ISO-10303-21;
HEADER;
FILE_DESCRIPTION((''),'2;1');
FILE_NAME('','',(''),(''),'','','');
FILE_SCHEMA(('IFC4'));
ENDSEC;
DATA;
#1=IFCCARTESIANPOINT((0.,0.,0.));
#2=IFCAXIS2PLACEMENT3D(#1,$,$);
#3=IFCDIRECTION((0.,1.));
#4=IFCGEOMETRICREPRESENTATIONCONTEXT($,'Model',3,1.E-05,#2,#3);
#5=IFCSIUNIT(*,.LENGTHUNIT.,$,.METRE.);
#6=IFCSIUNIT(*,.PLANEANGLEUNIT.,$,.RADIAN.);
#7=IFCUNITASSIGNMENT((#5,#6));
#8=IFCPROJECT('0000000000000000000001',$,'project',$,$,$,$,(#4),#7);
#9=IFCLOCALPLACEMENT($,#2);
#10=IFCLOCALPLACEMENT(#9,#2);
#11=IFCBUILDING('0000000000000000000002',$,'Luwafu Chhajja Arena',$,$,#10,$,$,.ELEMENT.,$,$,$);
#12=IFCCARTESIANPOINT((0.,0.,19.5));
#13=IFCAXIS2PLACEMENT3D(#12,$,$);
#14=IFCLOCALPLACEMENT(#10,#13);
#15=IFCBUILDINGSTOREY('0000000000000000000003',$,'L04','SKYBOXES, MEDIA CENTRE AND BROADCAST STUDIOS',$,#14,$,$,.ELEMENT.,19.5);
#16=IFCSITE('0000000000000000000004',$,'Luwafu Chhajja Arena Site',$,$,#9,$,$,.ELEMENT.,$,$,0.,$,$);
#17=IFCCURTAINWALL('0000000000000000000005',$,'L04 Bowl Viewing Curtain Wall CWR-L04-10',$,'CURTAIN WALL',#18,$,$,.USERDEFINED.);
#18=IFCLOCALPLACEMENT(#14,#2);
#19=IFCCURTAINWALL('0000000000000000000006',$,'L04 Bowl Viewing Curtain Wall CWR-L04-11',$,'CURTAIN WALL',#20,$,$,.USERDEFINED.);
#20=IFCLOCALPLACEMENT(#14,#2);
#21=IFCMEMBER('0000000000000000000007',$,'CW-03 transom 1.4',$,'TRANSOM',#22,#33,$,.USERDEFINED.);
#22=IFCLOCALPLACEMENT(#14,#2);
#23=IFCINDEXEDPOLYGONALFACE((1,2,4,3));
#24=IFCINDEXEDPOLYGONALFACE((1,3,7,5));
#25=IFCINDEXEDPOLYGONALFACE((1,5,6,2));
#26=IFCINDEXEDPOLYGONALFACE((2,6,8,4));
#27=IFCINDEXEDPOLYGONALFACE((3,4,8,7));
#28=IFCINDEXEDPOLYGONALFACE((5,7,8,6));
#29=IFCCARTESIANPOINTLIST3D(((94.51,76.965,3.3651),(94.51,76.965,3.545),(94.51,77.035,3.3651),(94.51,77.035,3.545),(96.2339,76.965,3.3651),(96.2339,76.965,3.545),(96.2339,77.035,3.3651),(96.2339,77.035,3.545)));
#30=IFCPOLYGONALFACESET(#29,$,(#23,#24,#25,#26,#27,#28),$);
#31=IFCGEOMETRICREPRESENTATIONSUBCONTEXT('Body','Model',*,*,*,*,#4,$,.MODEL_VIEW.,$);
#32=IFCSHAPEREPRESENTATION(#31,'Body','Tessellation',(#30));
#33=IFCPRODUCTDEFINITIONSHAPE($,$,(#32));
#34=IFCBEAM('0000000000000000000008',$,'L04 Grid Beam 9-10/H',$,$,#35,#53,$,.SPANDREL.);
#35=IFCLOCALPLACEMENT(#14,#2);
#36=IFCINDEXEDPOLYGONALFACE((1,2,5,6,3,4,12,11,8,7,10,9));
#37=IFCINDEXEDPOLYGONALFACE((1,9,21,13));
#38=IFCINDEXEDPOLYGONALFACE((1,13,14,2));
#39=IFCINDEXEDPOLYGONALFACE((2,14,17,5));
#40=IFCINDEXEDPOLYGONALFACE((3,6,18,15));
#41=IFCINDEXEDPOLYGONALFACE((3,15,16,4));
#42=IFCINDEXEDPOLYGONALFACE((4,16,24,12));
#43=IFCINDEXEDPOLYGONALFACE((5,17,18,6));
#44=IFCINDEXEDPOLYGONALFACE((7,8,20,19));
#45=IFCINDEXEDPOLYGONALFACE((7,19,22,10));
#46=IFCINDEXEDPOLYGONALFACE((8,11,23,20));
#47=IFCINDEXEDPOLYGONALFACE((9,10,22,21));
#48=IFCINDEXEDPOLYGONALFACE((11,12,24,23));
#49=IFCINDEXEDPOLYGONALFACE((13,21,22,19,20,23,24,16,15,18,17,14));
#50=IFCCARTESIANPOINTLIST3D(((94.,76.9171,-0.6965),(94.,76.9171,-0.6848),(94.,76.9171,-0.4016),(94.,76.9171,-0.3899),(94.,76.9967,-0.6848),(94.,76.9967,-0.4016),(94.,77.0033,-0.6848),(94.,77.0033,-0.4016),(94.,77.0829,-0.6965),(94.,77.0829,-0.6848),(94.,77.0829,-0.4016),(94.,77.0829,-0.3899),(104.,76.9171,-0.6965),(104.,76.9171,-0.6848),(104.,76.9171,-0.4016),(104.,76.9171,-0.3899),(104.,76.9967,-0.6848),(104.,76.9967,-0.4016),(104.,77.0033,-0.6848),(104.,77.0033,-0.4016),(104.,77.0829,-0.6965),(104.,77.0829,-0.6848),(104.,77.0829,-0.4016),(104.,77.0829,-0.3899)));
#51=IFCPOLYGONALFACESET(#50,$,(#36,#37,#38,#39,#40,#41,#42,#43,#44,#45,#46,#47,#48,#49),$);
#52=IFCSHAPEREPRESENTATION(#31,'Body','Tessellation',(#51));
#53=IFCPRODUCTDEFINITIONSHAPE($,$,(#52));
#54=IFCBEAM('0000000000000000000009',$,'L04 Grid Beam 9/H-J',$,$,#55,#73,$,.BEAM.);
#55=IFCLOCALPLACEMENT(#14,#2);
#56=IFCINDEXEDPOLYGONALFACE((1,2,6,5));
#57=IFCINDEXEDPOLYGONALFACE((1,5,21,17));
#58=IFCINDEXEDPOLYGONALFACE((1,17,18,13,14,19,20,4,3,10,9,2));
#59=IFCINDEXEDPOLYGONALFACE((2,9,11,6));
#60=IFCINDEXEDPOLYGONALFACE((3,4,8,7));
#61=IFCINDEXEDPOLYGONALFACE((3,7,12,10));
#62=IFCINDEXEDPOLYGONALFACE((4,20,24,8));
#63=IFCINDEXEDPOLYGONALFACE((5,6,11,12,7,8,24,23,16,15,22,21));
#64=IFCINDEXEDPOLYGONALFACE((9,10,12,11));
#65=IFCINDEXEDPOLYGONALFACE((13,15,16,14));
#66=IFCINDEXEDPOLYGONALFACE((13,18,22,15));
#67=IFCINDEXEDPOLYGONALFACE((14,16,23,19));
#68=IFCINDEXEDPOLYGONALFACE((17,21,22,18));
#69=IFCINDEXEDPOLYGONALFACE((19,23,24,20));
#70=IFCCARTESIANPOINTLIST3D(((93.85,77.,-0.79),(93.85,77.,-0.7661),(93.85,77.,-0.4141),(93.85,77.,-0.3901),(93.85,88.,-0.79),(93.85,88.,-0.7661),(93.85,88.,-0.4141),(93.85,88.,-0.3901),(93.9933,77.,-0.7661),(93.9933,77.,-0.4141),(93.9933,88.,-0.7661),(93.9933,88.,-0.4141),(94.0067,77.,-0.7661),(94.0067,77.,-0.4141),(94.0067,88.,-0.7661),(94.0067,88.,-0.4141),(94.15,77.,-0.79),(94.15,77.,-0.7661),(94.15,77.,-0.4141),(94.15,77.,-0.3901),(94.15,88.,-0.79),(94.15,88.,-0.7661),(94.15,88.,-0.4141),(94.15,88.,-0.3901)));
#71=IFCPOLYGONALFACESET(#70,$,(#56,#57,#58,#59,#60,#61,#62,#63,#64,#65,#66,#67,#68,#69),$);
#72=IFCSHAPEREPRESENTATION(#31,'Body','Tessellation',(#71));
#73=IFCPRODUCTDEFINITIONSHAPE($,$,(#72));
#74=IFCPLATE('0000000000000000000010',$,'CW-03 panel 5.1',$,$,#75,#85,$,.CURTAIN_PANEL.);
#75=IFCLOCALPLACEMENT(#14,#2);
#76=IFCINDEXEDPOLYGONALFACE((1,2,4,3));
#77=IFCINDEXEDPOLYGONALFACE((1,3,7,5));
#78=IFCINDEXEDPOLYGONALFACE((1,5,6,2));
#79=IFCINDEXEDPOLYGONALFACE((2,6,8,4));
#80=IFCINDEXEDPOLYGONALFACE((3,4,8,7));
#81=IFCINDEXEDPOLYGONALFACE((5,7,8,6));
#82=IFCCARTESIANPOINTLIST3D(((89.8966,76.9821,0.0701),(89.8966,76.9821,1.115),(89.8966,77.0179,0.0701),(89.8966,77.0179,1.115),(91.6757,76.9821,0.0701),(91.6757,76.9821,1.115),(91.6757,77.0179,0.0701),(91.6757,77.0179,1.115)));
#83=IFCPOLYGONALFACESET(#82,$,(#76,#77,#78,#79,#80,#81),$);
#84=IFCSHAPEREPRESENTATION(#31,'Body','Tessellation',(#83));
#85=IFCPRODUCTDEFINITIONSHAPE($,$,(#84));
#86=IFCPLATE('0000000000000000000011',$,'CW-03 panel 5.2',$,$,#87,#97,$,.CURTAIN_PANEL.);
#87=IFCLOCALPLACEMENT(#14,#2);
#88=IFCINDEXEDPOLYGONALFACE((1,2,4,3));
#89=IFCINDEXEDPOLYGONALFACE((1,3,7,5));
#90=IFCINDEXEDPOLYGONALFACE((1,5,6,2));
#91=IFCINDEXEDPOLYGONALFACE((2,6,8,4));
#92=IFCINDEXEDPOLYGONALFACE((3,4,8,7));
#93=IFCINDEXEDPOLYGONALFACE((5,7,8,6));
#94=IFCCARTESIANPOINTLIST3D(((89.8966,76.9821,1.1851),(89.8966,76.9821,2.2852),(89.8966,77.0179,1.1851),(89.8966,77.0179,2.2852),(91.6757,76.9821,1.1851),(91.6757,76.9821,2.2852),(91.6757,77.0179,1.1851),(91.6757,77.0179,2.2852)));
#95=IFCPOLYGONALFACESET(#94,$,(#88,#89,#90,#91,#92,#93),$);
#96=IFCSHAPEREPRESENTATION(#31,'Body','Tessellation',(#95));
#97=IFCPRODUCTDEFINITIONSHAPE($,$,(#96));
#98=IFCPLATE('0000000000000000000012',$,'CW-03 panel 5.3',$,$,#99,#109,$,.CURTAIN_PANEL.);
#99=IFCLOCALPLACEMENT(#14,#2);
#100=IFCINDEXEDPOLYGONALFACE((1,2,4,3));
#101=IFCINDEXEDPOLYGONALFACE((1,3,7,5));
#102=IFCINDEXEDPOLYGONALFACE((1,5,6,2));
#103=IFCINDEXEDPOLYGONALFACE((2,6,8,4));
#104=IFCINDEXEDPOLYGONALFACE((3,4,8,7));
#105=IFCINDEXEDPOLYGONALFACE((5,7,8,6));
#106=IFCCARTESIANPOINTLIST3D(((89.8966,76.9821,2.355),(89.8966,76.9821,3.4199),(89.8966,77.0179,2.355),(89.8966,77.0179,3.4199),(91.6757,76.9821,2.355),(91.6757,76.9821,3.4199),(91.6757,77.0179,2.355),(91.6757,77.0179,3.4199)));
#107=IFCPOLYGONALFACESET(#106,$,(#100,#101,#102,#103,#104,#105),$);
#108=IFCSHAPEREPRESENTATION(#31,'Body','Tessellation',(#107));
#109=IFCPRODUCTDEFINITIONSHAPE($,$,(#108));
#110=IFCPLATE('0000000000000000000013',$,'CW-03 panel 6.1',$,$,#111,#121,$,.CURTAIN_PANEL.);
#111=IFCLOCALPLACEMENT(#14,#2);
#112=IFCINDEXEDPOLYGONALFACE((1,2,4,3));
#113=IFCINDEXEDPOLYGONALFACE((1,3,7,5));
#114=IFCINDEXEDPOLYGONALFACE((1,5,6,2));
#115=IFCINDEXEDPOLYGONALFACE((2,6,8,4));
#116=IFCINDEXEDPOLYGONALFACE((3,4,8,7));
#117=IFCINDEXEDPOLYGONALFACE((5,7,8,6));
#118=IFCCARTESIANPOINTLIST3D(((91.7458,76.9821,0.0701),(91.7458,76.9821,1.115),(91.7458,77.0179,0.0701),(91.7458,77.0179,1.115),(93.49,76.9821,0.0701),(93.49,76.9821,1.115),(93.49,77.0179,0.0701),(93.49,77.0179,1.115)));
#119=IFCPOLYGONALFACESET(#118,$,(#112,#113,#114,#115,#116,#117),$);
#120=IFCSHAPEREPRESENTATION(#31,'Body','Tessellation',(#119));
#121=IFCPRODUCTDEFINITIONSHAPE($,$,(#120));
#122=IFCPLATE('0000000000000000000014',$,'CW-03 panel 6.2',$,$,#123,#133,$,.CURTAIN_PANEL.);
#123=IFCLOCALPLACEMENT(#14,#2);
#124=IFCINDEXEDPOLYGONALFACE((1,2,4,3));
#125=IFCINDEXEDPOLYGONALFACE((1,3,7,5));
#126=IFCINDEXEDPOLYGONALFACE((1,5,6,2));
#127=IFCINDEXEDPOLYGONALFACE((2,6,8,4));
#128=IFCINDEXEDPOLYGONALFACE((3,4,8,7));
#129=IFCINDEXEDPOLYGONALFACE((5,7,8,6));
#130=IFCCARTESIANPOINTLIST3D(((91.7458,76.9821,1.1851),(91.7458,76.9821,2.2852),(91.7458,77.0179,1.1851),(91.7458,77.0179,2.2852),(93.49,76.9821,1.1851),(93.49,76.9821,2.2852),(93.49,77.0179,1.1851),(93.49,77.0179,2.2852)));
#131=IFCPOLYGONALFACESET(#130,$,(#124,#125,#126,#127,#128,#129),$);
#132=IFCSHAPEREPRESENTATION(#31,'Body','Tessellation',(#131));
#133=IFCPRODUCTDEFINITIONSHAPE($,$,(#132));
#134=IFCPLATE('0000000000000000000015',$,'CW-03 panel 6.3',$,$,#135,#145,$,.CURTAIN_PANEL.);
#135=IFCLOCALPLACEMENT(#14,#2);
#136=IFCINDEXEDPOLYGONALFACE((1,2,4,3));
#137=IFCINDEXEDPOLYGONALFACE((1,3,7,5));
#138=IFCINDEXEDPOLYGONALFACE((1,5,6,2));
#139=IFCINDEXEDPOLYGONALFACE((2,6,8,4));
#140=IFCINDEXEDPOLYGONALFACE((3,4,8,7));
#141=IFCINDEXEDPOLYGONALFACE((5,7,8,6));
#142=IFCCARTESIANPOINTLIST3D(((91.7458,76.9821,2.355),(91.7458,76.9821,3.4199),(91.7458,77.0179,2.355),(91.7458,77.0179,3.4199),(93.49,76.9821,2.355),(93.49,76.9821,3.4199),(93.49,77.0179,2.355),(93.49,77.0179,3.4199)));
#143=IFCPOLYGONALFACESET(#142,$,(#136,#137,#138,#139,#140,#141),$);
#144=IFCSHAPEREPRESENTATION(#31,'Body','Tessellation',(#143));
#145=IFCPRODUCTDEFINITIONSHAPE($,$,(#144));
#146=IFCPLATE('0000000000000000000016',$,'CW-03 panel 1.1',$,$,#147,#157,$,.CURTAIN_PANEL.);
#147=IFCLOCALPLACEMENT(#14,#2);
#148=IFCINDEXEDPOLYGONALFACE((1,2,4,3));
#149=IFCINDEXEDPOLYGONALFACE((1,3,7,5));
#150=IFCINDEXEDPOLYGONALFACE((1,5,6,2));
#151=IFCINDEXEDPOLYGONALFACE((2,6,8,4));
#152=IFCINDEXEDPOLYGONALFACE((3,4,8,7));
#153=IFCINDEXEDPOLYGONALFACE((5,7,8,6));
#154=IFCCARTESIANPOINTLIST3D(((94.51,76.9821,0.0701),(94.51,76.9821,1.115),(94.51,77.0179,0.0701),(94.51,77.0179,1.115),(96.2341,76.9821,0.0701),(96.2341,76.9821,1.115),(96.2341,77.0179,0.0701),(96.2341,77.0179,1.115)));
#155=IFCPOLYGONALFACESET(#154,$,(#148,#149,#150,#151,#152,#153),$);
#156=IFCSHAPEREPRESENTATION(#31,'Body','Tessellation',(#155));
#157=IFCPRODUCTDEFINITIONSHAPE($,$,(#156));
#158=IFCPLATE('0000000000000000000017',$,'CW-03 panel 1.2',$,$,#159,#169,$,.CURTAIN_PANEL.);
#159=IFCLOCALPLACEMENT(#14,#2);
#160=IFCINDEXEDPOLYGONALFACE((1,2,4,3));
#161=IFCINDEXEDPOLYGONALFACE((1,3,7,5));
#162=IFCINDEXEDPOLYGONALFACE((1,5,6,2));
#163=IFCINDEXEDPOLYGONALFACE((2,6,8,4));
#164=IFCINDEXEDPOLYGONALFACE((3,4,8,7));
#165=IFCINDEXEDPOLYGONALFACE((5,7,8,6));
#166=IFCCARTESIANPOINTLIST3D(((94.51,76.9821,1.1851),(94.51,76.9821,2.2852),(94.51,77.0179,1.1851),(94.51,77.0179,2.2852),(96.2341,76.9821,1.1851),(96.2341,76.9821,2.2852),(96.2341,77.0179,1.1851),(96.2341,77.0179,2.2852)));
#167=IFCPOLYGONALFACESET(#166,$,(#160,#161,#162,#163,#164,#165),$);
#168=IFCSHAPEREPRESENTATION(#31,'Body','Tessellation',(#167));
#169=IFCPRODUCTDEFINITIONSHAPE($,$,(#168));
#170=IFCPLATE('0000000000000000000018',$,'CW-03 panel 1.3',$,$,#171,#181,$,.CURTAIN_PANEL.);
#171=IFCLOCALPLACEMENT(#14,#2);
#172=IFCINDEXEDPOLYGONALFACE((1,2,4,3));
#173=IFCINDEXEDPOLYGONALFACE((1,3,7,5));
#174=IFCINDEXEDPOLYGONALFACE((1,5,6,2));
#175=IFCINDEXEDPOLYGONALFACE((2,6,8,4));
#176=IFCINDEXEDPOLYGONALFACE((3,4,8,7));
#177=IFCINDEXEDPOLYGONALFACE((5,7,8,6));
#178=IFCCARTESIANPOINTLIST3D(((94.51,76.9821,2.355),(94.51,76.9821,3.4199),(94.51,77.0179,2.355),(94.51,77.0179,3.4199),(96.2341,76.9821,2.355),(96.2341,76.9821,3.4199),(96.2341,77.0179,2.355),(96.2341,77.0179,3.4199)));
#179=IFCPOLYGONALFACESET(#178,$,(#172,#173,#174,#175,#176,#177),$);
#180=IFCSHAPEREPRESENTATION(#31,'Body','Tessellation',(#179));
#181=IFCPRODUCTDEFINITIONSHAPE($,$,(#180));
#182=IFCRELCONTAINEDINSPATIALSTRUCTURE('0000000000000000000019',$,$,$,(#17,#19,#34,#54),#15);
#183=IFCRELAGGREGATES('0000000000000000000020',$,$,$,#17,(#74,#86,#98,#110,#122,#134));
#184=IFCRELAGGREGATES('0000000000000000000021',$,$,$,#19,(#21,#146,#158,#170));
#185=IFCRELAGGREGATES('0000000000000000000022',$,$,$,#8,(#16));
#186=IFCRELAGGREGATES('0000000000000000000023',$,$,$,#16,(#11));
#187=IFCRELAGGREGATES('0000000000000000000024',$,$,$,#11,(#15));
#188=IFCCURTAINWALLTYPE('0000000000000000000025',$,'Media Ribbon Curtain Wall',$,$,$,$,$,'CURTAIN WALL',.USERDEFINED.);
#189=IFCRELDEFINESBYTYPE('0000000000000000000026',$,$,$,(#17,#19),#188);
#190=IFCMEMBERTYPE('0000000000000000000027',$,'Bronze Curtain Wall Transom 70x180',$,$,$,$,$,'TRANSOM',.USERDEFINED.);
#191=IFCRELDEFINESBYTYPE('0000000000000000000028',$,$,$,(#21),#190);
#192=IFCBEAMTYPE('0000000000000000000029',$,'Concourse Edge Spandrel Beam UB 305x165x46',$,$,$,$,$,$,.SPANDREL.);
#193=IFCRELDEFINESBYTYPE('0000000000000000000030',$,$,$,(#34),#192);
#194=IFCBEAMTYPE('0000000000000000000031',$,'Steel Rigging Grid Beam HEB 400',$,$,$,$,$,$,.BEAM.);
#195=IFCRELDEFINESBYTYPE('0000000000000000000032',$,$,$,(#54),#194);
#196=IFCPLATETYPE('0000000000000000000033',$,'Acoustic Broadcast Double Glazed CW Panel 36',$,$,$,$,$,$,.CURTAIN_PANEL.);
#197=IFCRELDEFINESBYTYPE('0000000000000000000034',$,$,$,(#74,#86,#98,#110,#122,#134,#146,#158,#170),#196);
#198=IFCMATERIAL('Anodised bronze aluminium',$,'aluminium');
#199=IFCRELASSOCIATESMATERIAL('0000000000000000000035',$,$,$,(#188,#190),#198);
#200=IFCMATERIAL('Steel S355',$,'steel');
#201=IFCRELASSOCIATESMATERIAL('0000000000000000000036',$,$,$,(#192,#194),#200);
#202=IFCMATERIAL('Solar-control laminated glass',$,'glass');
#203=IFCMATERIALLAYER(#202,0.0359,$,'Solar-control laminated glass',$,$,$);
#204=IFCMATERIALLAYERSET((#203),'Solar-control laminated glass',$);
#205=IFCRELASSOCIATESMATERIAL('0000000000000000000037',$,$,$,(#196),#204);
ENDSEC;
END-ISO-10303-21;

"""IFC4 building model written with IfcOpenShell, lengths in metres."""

from ifc_helpers import new_model, si_unit, direction, frame, origin, origin_2d, place, context, subcontext, project, spatial, rectangle, i_section, extrude, material, layer, layer_set, material_profile, profile_set, type_object, element, aggregate, save


model = new_model("IFC4")

# Units and contexts
model_context = context("Model", 3, precision=1e-05, world=origin(), true_north=direction((0.0, 1.0)))
body_context = subcontext(model_context, "Body", "Model", "MODEL_VIEW")
ifc_project = project(units=[si_unit("LENGTHUNIT", "METRE"), si_unit("PLANEANGLEUNIT", "RADIAN")], contexts=[model_context])

# Site, building, storey
site_placement = place(None, origin())
site = spatial("IfcSite", under=ifc_project, at=site_placement, Name="Luwafu Chhajja Arena Site", CompositionType="ELEMENT", RefElevation=0.0)
building_placement = place(site_placement, origin())
building = spatial("IfcBuilding", under=site, at=building_placement, Name="Luwafu Chhajja Arena", CompositionType="ELEMENT")
storey_placement = place(building_placement, frame((0.0, 0.0, 19.5)))
storey = spatial("IfcBuildingStorey", under=building, at=storey_placement, Name="L04", Description="SKYBOXES, MEDIA CENTRE AND BROADCAST STUDIOS", CompositionType="ELEMENT", Elevation=19.5)

# Curtain wall
ifc_material_1 = material(Name="Anodised bronze aluminium", Category="aluminium")
curtain_wall_type = type_object("IfcCurtainWallType", Name="Media Ribbon Curtain Wall", ElementType="CURTAIN WALL", PredefinedType="USERDEFINED", material=ifc_material_1)
curtain_wall_1_placement = place(storey_placement, origin())
curtain_wall_1 = element("IfcCurtainWall", 1, at=curtain_wall_1_placement, inside=storey, type_object=curtain_wall_type, Name="L04 Bowl Viewing Curtain Wall CWR-L04-10", ObjectType="CURTAIN WALL", PredefinedType="USERDEFINED")

# Curtain wall
curtain_wall_2_placement = place(storey_placement, origin())
curtain_wall_2 = element("IfcCurtainWall", 2, at=curtain_wall_2_placement, inside=storey, type_object=curtain_wall_type, Name="L04 Bowl Viewing Curtain Wall CWR-L04-11", ObjectType="CURTAIN WALL", PredefinedType="USERDEFINED")

# Member
ifc_material_profile_1 = material_profile(ifc_material_1, rectangle(XDim=0.0701, YDim=0.1799, at=origin_2d()), Name="CWT 70x180")
ifc_profile_set_1 = profile_set([ifc_material_profile_1], Name="Anodised bronze aluminium")
member_type_1 = type_object("IfcMemberType", Name="Bronze Curtain Wall Transom 70x180", ElementType="TRANSOM", PredefinedType="USERDEFINED", material=ifc_profile_set_1)
member_1_placement = place(storey_placement, frame((94.51, 77.0, 3.4551), z_axis=(1.0, 0.0, 0.0), x_axis=(0.0, 1.0, 0.0)))
member_1 = element("IfcMember", 3, at=member_1_placement, type_object=member_type_1, Name="CW-03 transom 1.4", ObjectType="TRANSOM", PredefinedType="USERDEFINED", context=body_context, shape_type="SweptSolid", body=[
    extrude(rectangle(XDim=0.0701, YDim=0.1799, at=origin_2d()), origin(), (0.0, 0.0, 1.0), 1.7239),
])

# Beams
ifc_material_2 = material(Name="Steel S355", Category="steel")
ifc_material_profile_2 = material_profile(ifc_material_2, i_section(OverallWidth=0.1658, OverallDepth=0.3066, WebThickness=0.0066, FlangeThickness=0.0117, at=origin_2d()), Name="UB 305x165x46")
ifc_profile_set_2 = profile_set([ifc_material_profile_2], Name="Steel S355")
beam_type_1 = type_object("IfcBeamType", Name="Concourse Edge Spandrel Beam UB 305x165x46", PredefinedType="SPANDREL", material=ifc_profile_set_2)
beam_1_placement = place(storey_placement, frame((94.0, 77.0, -0.5432), z_axis=(1.0, 0.0, 0.0), x_axis=(0.0, 1.0, 0.0)))
element("IfcBeam", 4, at=beam_1_placement, inside=storey, type_object=beam_type_1, Name="L04 Grid Beam 9-10/H", PredefinedType="SPANDREL", context=body_context, shape_type="SweptSolid", body=[
    extrude(i_section(OverallWidth=0.1658, OverallDepth=0.3066, WebThickness=0.0066, FlangeThickness=0.0117, at=origin_2d()), origin(), (0.0, 0.0, 1.0), 10.0),
])
ifc_material_profile_3 = material_profile(ifc_material_2, i_section(OverallWidth=0.3, OverallDepth=0.3999, WebThickness=0.0134, FlangeThickness=0.0239, at=origin_2d()), Name="HEB 400")
ifc_profile_set_3 = profile_set([ifc_material_profile_3], Name="Steel S355")
beam_type_2 = type_object("IfcBeamType", Name="Steel Rigging Grid Beam HEB 400", PredefinedType="BEAM", material=ifc_profile_set_3)
beam_2_placement = place(storey_placement, frame((94.0, 77.0, -0.5901), z_axis=(0.0, 1.0, 0.0), x_axis=(-1.0, 0.0, 0.0)))
element("IfcBeam", 5, at=beam_2_placement, inside=storey, type_object=beam_type_2, Name="L04 Grid Beam 9/H-J", PredefinedType="BEAM", context=body_context, shape_type="SweptSolid", body=[
    extrude(i_section(OverallWidth=0.3, OverallDepth=0.3999, WebThickness=0.0134, FlangeThickness=0.0239, at=origin_2d()), origin(), (0.0, 0.0, 1.0), 11.0),
])

# Plates
ifc_material_3 = material(Name="Solar-control laminated glass", Category="glass")
ifc_layer = layer(ifc_material_3, 0.0359, Name="Solar-control laminated glass")
ifc_layer_set = layer_set([ifc_layer], Name="Solar-control laminated glass")
plate_type = type_object("IfcPlateType", Name="Acoustic Broadcast Double Glazed CW Panel 36", PredefinedType="CURTAIN_PANEL", material=ifc_layer_set)
plate_1_placement = place(storey_placement, frame((90.7861, 77.0, 0.0701), z_axis=(0.0, 0.0, 1.0), x_axis=(1.0, 0.0, 0.0)))
plate_1 = element("IfcPlate", 6, at=plate_1_placement, type_object=plate_type, Name="CW-03 panel 5.1", PredefinedType="CURTAIN_PANEL", context=body_context, shape_type="SweptSolid", body=[
    extrude(rectangle(XDim=1.7791, YDim=0.0359, at=origin_2d()), origin(), (0.0, 0.0, 1.0), 1.0449),
])
plate_2_placement = place(storey_placement, frame((90.7861, 77.0, 1.1851), z_axis=(0.0, 0.0, 1.0), x_axis=(1.0, 0.0, 0.0)))
plate_2 = element("IfcPlate", 7, at=plate_2_placement, type_object=plate_type, Name="CW-03 panel 5.2", PredefinedType="CURTAIN_PANEL", context=body_context, shape_type="SweptSolid", body=[
    extrude(rectangle(XDim=1.7791, YDim=0.0359, at=origin_2d()), origin(), (0.0, 0.0, 1.0), 1.1001),
])
plate_3_placement = place(storey_placement, frame((90.7861, 77.0, 2.355), z_axis=(0.0, 0.0, 1.0), x_axis=(1.0, 0.0, 0.0)))
plate_3 = element("IfcPlate", 8, at=plate_3_placement, type_object=plate_type, Name="CW-03 panel 5.3", PredefinedType="CURTAIN_PANEL", context=body_context, shape_type="SweptSolid", body=[
    extrude(rectangle(XDim=1.7791, YDim=0.0359, at=origin_2d()), origin(), (0.0, 0.0, 1.0), 1.0649),
])
plate_4_placement = place(storey_placement, frame((92.6179, 77.0, 0.0701), z_axis=(0.0, 0.0, 1.0), x_axis=(1.0, 0.0, 0.0)))
plate_4 = element("IfcPlate", 9, at=plate_4_placement, type_object=plate_type, Name="CW-03 panel 6.1", PredefinedType="CURTAIN_PANEL", context=body_context, shape_type="SweptSolid", body=[
    extrude(rectangle(XDim=1.7441, YDim=0.0359, at=origin_2d()), origin(), (0.0, 0.0, 1.0), 1.0449),
])
plate_5_placement = place(storey_placement, frame((92.6179, 77.0, 1.1851), z_axis=(0.0, 0.0, 1.0), x_axis=(1.0, 0.0, 0.0)))
plate_5 = element("IfcPlate", 10, at=plate_5_placement, type_object=plate_type, Name="CW-03 panel 6.2", PredefinedType="CURTAIN_PANEL", context=body_context, shape_type="SweptSolid", body=[
    extrude(rectangle(XDim=1.7441, YDim=0.0359, at=origin_2d()), origin(), (0.0, 0.0, 1.0), 1.1001),
])
plate_6_placement = place(storey_placement, frame((92.6179, 77.0, 2.355), z_axis=(0.0, 0.0, 1.0), x_axis=(1.0, 0.0, 0.0)))
plate_6 = element("IfcPlate", 11, at=plate_6_placement, type_object=plate_type, Name="CW-03 panel 6.3", PredefinedType="CURTAIN_PANEL", context=body_context, shape_type="SweptSolid", body=[
    extrude(rectangle(XDim=1.7441, YDim=0.0359, at=origin_2d()), origin(), (0.0, 0.0, 1.0), 1.0649),
])
aggregate(curtain_wall_1, [plate_1, plate_2, plate_3, plate_4, plate_5, plate_6])
plate_7_placement = place(storey_placement, frame((95.3721, 77.0, 0.0701), z_axis=(0.0, 0.0, 1.0), x_axis=(1.0, 0.0, 0.0)))
plate_7 = element("IfcPlate", 12, at=plate_7_placement, type_object=plate_type, Name="CW-03 panel 1.1", PredefinedType="CURTAIN_PANEL", context=body_context, shape_type="SweptSolid", body=[
    extrude(rectangle(XDim=1.7241, YDim=0.0359, at=origin_2d()), origin(), (0.0, 0.0, 1.0), 1.0449),
])
plate_8_placement = place(storey_placement, frame((95.3721, 77.0, 1.1851), z_axis=(0.0, 0.0, 1.0), x_axis=(1.0, 0.0, 0.0)))
plate_8 = element("IfcPlate", 13, at=plate_8_placement, type_object=plate_type, Name="CW-03 panel 1.2", PredefinedType="CURTAIN_PANEL", context=body_context, shape_type="SweptSolid", body=[
    extrude(rectangle(XDim=1.7241, YDim=0.0359, at=origin_2d()), origin(), (0.0, 0.0, 1.0), 1.1001),
])
plate_9_placement = place(storey_placement, frame((95.3721, 77.0, 2.355), z_axis=(0.0, 0.0, 1.0), x_axis=(1.0, 0.0, 0.0)))
plate_9 = element("IfcPlate", 14, at=plate_9_placement, type_object=plate_type, Name="CW-03 panel 1.3", PredefinedType="CURTAIN_PANEL", context=body_context, shape_type="SweptSolid", body=[
    extrude(rectangle(XDim=1.7241, YDim=0.0359, at=origin_2d()), origin(), (0.0, 0.0, 1.0), 1.0649),
])
aggregate(curtain_wall_2, [member_1, plate_7, plate_8, plate_9])

save(model, "model.ifc")
